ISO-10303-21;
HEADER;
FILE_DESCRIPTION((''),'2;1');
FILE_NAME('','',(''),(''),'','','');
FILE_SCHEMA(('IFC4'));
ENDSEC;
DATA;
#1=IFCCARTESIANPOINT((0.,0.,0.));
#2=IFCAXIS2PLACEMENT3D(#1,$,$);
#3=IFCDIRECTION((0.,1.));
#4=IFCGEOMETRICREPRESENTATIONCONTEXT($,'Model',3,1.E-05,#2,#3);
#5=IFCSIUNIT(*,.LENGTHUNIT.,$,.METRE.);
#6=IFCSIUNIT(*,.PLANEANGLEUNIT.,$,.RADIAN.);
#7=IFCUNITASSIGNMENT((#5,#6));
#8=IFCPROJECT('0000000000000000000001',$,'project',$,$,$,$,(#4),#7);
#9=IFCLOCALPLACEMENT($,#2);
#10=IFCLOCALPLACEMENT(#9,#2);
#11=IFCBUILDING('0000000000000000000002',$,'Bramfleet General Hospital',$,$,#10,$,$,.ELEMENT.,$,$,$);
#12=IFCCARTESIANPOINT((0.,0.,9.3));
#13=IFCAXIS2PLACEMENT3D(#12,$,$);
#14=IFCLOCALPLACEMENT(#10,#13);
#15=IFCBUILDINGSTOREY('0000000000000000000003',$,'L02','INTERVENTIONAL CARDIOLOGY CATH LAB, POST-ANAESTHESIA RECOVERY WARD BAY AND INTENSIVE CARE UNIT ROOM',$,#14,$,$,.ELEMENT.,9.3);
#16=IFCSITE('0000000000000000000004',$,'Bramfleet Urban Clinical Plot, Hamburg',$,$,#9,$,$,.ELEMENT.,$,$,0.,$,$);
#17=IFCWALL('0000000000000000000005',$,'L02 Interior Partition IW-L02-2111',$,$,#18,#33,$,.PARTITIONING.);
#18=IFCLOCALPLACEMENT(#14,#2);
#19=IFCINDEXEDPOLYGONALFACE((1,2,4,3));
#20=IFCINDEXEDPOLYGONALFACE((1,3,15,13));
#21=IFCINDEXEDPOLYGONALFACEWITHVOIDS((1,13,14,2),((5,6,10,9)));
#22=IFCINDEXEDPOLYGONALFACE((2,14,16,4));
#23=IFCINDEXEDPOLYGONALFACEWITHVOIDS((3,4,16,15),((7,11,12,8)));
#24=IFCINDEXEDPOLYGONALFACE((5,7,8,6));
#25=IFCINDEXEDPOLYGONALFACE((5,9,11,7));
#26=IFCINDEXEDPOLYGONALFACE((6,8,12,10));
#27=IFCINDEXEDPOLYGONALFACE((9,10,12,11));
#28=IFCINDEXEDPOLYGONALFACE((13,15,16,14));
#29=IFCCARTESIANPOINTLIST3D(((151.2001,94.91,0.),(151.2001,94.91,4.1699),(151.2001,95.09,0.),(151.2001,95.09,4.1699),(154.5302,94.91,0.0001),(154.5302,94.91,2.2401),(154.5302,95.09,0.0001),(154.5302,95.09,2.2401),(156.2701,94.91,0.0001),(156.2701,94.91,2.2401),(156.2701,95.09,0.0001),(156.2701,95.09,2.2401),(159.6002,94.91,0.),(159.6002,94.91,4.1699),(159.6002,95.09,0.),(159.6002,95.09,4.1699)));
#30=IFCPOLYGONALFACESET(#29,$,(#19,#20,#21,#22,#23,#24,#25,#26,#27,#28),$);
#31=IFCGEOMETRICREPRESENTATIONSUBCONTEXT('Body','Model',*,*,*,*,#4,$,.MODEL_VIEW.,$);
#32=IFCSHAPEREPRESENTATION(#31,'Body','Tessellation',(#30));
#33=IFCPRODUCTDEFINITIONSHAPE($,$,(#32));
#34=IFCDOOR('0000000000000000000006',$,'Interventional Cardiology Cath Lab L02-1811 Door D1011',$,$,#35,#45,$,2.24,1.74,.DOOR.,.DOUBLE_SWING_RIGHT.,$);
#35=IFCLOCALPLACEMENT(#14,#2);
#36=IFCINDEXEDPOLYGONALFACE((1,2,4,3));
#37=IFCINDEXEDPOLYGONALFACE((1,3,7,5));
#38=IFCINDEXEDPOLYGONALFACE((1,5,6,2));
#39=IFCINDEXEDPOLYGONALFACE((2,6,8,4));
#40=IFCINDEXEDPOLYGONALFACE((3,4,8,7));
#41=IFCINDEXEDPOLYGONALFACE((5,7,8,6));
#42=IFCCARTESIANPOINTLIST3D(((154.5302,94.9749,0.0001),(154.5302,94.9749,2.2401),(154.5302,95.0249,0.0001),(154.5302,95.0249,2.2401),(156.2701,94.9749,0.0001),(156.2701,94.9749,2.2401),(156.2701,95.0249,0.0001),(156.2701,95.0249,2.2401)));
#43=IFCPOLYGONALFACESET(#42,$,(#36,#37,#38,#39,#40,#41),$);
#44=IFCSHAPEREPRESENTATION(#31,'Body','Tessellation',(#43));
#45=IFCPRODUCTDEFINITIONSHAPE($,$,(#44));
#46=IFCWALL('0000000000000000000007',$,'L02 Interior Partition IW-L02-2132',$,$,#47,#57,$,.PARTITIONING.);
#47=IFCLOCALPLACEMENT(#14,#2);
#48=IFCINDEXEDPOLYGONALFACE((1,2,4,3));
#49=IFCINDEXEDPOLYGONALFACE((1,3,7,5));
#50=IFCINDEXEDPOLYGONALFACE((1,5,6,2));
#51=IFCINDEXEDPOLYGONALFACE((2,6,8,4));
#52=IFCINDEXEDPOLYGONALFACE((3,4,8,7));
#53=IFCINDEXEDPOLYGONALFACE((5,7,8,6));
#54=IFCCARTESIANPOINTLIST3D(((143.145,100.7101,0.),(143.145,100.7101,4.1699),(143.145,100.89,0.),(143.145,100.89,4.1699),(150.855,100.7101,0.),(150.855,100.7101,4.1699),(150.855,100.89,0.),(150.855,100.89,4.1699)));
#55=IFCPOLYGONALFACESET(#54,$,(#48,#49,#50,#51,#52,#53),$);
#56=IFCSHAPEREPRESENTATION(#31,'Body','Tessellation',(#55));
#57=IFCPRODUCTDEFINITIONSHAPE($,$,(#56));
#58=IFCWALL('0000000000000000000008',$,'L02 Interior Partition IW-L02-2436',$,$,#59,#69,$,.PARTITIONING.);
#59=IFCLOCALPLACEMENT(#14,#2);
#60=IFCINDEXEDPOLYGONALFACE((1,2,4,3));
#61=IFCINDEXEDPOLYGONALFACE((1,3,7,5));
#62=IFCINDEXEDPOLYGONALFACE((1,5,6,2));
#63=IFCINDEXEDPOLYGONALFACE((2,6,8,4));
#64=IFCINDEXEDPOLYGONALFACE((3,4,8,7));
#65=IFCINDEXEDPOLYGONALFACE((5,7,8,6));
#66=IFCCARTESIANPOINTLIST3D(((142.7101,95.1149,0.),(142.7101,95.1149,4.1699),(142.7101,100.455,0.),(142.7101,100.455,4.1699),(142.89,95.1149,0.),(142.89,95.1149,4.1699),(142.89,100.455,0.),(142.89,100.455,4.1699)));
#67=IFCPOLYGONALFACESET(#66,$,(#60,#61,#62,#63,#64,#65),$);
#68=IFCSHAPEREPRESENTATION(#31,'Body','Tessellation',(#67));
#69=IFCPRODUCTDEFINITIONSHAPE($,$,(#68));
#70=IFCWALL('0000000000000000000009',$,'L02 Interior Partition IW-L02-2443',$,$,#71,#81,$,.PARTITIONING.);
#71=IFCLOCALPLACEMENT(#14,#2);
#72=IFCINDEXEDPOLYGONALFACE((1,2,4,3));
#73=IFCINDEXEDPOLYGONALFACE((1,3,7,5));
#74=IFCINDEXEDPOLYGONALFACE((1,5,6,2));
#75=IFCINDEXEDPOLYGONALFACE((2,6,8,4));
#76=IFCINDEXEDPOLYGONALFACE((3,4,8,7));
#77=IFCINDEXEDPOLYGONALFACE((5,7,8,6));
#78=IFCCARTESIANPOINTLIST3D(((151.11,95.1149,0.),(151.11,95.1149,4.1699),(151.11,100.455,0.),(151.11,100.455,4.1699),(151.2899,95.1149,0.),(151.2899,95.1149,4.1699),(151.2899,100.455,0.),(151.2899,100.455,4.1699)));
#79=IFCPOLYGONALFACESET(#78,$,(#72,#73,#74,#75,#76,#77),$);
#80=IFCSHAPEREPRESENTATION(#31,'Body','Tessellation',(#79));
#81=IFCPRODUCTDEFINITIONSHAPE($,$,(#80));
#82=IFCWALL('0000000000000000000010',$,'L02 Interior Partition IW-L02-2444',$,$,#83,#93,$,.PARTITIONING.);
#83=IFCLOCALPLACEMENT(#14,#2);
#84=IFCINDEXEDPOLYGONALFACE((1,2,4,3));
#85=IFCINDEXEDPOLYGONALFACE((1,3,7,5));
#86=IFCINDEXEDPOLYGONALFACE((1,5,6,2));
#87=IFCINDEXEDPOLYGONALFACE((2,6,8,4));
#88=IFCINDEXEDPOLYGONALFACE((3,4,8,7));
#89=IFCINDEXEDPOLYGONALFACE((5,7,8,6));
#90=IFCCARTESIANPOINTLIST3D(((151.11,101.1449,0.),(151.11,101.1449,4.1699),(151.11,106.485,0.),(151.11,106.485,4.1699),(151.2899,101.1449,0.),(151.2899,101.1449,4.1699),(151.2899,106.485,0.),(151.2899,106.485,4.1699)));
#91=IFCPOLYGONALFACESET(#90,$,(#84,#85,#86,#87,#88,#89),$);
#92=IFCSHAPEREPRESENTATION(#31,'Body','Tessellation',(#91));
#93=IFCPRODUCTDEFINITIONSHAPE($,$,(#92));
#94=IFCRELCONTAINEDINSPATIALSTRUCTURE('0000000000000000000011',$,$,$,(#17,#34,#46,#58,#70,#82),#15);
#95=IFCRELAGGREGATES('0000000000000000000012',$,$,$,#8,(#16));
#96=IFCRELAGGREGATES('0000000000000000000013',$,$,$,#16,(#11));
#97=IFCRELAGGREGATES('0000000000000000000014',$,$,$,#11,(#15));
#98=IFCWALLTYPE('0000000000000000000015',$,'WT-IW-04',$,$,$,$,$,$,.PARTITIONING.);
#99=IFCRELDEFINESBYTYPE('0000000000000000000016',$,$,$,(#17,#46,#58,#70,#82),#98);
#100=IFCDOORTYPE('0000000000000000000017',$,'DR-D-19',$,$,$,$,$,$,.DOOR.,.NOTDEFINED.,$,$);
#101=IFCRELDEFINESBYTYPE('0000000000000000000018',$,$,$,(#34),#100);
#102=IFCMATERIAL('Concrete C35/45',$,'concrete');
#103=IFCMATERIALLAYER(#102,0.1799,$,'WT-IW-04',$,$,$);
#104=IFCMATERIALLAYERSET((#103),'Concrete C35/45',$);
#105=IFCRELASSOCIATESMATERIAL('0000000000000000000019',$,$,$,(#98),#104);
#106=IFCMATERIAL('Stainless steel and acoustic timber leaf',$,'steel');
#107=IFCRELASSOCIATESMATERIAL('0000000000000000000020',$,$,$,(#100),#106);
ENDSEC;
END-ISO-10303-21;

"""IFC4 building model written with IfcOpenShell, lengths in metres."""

from ifc_helpers import new_model, si_unit, direction, frame, frame_2d, origin, place, context, subcontext, project, spatial, rectangle, extrude, material, layer, layer_set, type_object, element, fill, save


model = new_model("IFC4")

# Units and contexts
model_context = context("Model", 3, precision=1e-05, world=origin(), true_north=direction((0.0, 1.0)))
body_context = subcontext(model_context, "Body", "Model", "MODEL_VIEW")
ifc_project = project(units=[si_unit("LENGTHUNIT", "METRE"), si_unit("PLANEANGLEUNIT", "RADIAN")], contexts=[model_context])

# Site, building, storey
site_placement = place(None, origin())
site = spatial("IfcSite", under=ifc_project, at=site_placement, Name="Bramfleet Urban Clinical Plot, Hamburg", CompositionType="ELEMENT", RefElevation=0.0)
building_placement = place(site_placement, origin())
building = spatial("IfcBuilding", under=site, at=building_placement, Name="Bramfleet General Hospital", CompositionType="ELEMENT")
storey_placement = place(building_placement, frame((0.0, 0.0, 9.3)))
storey = spatial("IfcBuildingStorey", under=building, at=storey_placement, Name="L02", Description="INTERVENTIONAL CARDIOLOGY CATH LAB, POST-ANAESTHESIA RECOVERY WARD BAY AND INTENSIVE CARE UNIT ROOM", CompositionType="ELEMENT", Elevation=9.3)

# Shared definitions
ifc_material_1 = material(Name="Concrete C35/45", Category="concrete")

# Wall, opening, door
ifc_layer = layer(ifc_material_1, 0.1799, Name="WT-IW-04")
ifc_layer_set = layer_set([ifc_layer], Name="Concrete C35/45")
wall_type = type_object("IfcWallType", Name="WT-IW-04", PredefinedType="PARTITIONING", material=ifc_layer_set)
ifc_material_2 = material(Name="Stainless steel and acoustic timber leaf", Category="steel")
wall_1_placement = place(storey_placement, frame((151.2, 95.0, 0.0), z_axis=(0.0, 0.0, 1.0), x_axis=(1.0, 0.0, 0.0)))
wall_1 = element("IfcWall", 1, at=wall_1_placement, inside=storey, type_object=wall_type, Name="L02 Interior Partition IW-L02-2111", PredefinedType="PARTITIONING", context=body_context, shape_type="SweptSolid", body=[
    extrude(rectangle(XDim=8.4001, YDim=0.1799, at=frame_2d((4.2002, 0.0))), origin(), (0.0, 0.0, 1.0), 4.1699),
])
opening_1_placement = place(wall_1_placement, frame((3.3301, 0.0, 0.0)))
opening_1 = element("IfcOpeningElement", 2, at=opening_1_placement, cuts=wall_1, PredefinedType="OPENING", context=body_context, shape_type="SweptSolid", body=[
    extrude(rectangle(XDim=1.74, YDim=2.24, at=frame_2d((0.8701, 1.1201))), frame((0.0, 0.0999, 0.0), z_axis=(0.0, -1.0, 0.0), x_axis=(1.0, 0.0, 0.0)), (0.0, 0.0, 1.0), 0.2),
])
door_type_1 = type_object("IfcDoorType", Name="DR-D-19", OperationType="NOTDEFINED", PredefinedType="DOOR", material=ifc_material_2)
door_1_placement = place(opening_1_placement, origin())
door_1 = element("IfcDoor", 3, at=door_1_placement, inside=storey, type_object=door_type_1, Name="Interventional Cardiology Cath Lab L02-1811 Door D1011", OperationType="DOUBLE_SWING_RIGHT", OverallHeight=2.24, OverallWidth=1.74, PredefinedType="DOOR", context=body_context, shape_type="SweptSolid", body=[
    extrude(rectangle(XDim=1.74, YDim=2.24, at=frame_2d((0.8701, 1.1201))), frame((0.0, 0.0249, 0.0), z_axis=(0.0, -1.0, 0.0), x_axis=(1.0, 0.0, 0.0)), (0.0, 0.0, 1.0), 0.05),
])
fill(opening_1, door_1)

# Walls
wall_2_placement = place(storey_placement, frame((143.145, 100.8, 0.0), z_axis=(0.0, 0.0, 1.0), x_axis=(1.0, 0.0, 0.0)))
element("IfcWall", 4, at=wall_2_placement, inside=storey, type_object=wall_type, Name="L02 Interior Partition IW-L02-2132", PredefinedType="PARTITIONING", context=body_context, shape_type="SweptSolid", body=[
    extrude(rectangle(XDim=7.71, YDim=0.1799, at=frame_2d((3.855, 0.0))), origin(), (0.0, 0.0, 1.0), 4.1699),
])
for number, where, z_axis, x_axis, name in (
    (5, (142.8, 95.115, 0.0), (0.0, 0.0, 1.0), (0.0, 1.0, 0.0), "L02 Interior Partition IW-L02-2436"),
    (6, (151.2, 95.115, 0.0), (0.0, 0.0, 1.0), (0.0, 1.0, 0.0), "L02 Interior Partition IW-L02-2443"),
    (7, (151.2, 101.145, 0.0), (0.0, 0.0, 1.0), (0.0, 1.0, 0.0), "L02 Interior Partition IW-L02-2444"),
):
    element("IfcWall", number, at=place(storey_placement, frame(where, z_axis=z_axis, x_axis=x_axis)), inside=storey, type_object=wall_type, Name=name, PredefinedType="PARTITIONING", context=body_context, shape_type="SweptSolid", body=[
        extrude(rectangle(XDim=5.3401, YDim=0.1799, at=frame_2d((2.6699, 0.0))), origin(), (0.0, 0.0, 1.0), 4.1699),
    ])

save(model, "model.ifc")
